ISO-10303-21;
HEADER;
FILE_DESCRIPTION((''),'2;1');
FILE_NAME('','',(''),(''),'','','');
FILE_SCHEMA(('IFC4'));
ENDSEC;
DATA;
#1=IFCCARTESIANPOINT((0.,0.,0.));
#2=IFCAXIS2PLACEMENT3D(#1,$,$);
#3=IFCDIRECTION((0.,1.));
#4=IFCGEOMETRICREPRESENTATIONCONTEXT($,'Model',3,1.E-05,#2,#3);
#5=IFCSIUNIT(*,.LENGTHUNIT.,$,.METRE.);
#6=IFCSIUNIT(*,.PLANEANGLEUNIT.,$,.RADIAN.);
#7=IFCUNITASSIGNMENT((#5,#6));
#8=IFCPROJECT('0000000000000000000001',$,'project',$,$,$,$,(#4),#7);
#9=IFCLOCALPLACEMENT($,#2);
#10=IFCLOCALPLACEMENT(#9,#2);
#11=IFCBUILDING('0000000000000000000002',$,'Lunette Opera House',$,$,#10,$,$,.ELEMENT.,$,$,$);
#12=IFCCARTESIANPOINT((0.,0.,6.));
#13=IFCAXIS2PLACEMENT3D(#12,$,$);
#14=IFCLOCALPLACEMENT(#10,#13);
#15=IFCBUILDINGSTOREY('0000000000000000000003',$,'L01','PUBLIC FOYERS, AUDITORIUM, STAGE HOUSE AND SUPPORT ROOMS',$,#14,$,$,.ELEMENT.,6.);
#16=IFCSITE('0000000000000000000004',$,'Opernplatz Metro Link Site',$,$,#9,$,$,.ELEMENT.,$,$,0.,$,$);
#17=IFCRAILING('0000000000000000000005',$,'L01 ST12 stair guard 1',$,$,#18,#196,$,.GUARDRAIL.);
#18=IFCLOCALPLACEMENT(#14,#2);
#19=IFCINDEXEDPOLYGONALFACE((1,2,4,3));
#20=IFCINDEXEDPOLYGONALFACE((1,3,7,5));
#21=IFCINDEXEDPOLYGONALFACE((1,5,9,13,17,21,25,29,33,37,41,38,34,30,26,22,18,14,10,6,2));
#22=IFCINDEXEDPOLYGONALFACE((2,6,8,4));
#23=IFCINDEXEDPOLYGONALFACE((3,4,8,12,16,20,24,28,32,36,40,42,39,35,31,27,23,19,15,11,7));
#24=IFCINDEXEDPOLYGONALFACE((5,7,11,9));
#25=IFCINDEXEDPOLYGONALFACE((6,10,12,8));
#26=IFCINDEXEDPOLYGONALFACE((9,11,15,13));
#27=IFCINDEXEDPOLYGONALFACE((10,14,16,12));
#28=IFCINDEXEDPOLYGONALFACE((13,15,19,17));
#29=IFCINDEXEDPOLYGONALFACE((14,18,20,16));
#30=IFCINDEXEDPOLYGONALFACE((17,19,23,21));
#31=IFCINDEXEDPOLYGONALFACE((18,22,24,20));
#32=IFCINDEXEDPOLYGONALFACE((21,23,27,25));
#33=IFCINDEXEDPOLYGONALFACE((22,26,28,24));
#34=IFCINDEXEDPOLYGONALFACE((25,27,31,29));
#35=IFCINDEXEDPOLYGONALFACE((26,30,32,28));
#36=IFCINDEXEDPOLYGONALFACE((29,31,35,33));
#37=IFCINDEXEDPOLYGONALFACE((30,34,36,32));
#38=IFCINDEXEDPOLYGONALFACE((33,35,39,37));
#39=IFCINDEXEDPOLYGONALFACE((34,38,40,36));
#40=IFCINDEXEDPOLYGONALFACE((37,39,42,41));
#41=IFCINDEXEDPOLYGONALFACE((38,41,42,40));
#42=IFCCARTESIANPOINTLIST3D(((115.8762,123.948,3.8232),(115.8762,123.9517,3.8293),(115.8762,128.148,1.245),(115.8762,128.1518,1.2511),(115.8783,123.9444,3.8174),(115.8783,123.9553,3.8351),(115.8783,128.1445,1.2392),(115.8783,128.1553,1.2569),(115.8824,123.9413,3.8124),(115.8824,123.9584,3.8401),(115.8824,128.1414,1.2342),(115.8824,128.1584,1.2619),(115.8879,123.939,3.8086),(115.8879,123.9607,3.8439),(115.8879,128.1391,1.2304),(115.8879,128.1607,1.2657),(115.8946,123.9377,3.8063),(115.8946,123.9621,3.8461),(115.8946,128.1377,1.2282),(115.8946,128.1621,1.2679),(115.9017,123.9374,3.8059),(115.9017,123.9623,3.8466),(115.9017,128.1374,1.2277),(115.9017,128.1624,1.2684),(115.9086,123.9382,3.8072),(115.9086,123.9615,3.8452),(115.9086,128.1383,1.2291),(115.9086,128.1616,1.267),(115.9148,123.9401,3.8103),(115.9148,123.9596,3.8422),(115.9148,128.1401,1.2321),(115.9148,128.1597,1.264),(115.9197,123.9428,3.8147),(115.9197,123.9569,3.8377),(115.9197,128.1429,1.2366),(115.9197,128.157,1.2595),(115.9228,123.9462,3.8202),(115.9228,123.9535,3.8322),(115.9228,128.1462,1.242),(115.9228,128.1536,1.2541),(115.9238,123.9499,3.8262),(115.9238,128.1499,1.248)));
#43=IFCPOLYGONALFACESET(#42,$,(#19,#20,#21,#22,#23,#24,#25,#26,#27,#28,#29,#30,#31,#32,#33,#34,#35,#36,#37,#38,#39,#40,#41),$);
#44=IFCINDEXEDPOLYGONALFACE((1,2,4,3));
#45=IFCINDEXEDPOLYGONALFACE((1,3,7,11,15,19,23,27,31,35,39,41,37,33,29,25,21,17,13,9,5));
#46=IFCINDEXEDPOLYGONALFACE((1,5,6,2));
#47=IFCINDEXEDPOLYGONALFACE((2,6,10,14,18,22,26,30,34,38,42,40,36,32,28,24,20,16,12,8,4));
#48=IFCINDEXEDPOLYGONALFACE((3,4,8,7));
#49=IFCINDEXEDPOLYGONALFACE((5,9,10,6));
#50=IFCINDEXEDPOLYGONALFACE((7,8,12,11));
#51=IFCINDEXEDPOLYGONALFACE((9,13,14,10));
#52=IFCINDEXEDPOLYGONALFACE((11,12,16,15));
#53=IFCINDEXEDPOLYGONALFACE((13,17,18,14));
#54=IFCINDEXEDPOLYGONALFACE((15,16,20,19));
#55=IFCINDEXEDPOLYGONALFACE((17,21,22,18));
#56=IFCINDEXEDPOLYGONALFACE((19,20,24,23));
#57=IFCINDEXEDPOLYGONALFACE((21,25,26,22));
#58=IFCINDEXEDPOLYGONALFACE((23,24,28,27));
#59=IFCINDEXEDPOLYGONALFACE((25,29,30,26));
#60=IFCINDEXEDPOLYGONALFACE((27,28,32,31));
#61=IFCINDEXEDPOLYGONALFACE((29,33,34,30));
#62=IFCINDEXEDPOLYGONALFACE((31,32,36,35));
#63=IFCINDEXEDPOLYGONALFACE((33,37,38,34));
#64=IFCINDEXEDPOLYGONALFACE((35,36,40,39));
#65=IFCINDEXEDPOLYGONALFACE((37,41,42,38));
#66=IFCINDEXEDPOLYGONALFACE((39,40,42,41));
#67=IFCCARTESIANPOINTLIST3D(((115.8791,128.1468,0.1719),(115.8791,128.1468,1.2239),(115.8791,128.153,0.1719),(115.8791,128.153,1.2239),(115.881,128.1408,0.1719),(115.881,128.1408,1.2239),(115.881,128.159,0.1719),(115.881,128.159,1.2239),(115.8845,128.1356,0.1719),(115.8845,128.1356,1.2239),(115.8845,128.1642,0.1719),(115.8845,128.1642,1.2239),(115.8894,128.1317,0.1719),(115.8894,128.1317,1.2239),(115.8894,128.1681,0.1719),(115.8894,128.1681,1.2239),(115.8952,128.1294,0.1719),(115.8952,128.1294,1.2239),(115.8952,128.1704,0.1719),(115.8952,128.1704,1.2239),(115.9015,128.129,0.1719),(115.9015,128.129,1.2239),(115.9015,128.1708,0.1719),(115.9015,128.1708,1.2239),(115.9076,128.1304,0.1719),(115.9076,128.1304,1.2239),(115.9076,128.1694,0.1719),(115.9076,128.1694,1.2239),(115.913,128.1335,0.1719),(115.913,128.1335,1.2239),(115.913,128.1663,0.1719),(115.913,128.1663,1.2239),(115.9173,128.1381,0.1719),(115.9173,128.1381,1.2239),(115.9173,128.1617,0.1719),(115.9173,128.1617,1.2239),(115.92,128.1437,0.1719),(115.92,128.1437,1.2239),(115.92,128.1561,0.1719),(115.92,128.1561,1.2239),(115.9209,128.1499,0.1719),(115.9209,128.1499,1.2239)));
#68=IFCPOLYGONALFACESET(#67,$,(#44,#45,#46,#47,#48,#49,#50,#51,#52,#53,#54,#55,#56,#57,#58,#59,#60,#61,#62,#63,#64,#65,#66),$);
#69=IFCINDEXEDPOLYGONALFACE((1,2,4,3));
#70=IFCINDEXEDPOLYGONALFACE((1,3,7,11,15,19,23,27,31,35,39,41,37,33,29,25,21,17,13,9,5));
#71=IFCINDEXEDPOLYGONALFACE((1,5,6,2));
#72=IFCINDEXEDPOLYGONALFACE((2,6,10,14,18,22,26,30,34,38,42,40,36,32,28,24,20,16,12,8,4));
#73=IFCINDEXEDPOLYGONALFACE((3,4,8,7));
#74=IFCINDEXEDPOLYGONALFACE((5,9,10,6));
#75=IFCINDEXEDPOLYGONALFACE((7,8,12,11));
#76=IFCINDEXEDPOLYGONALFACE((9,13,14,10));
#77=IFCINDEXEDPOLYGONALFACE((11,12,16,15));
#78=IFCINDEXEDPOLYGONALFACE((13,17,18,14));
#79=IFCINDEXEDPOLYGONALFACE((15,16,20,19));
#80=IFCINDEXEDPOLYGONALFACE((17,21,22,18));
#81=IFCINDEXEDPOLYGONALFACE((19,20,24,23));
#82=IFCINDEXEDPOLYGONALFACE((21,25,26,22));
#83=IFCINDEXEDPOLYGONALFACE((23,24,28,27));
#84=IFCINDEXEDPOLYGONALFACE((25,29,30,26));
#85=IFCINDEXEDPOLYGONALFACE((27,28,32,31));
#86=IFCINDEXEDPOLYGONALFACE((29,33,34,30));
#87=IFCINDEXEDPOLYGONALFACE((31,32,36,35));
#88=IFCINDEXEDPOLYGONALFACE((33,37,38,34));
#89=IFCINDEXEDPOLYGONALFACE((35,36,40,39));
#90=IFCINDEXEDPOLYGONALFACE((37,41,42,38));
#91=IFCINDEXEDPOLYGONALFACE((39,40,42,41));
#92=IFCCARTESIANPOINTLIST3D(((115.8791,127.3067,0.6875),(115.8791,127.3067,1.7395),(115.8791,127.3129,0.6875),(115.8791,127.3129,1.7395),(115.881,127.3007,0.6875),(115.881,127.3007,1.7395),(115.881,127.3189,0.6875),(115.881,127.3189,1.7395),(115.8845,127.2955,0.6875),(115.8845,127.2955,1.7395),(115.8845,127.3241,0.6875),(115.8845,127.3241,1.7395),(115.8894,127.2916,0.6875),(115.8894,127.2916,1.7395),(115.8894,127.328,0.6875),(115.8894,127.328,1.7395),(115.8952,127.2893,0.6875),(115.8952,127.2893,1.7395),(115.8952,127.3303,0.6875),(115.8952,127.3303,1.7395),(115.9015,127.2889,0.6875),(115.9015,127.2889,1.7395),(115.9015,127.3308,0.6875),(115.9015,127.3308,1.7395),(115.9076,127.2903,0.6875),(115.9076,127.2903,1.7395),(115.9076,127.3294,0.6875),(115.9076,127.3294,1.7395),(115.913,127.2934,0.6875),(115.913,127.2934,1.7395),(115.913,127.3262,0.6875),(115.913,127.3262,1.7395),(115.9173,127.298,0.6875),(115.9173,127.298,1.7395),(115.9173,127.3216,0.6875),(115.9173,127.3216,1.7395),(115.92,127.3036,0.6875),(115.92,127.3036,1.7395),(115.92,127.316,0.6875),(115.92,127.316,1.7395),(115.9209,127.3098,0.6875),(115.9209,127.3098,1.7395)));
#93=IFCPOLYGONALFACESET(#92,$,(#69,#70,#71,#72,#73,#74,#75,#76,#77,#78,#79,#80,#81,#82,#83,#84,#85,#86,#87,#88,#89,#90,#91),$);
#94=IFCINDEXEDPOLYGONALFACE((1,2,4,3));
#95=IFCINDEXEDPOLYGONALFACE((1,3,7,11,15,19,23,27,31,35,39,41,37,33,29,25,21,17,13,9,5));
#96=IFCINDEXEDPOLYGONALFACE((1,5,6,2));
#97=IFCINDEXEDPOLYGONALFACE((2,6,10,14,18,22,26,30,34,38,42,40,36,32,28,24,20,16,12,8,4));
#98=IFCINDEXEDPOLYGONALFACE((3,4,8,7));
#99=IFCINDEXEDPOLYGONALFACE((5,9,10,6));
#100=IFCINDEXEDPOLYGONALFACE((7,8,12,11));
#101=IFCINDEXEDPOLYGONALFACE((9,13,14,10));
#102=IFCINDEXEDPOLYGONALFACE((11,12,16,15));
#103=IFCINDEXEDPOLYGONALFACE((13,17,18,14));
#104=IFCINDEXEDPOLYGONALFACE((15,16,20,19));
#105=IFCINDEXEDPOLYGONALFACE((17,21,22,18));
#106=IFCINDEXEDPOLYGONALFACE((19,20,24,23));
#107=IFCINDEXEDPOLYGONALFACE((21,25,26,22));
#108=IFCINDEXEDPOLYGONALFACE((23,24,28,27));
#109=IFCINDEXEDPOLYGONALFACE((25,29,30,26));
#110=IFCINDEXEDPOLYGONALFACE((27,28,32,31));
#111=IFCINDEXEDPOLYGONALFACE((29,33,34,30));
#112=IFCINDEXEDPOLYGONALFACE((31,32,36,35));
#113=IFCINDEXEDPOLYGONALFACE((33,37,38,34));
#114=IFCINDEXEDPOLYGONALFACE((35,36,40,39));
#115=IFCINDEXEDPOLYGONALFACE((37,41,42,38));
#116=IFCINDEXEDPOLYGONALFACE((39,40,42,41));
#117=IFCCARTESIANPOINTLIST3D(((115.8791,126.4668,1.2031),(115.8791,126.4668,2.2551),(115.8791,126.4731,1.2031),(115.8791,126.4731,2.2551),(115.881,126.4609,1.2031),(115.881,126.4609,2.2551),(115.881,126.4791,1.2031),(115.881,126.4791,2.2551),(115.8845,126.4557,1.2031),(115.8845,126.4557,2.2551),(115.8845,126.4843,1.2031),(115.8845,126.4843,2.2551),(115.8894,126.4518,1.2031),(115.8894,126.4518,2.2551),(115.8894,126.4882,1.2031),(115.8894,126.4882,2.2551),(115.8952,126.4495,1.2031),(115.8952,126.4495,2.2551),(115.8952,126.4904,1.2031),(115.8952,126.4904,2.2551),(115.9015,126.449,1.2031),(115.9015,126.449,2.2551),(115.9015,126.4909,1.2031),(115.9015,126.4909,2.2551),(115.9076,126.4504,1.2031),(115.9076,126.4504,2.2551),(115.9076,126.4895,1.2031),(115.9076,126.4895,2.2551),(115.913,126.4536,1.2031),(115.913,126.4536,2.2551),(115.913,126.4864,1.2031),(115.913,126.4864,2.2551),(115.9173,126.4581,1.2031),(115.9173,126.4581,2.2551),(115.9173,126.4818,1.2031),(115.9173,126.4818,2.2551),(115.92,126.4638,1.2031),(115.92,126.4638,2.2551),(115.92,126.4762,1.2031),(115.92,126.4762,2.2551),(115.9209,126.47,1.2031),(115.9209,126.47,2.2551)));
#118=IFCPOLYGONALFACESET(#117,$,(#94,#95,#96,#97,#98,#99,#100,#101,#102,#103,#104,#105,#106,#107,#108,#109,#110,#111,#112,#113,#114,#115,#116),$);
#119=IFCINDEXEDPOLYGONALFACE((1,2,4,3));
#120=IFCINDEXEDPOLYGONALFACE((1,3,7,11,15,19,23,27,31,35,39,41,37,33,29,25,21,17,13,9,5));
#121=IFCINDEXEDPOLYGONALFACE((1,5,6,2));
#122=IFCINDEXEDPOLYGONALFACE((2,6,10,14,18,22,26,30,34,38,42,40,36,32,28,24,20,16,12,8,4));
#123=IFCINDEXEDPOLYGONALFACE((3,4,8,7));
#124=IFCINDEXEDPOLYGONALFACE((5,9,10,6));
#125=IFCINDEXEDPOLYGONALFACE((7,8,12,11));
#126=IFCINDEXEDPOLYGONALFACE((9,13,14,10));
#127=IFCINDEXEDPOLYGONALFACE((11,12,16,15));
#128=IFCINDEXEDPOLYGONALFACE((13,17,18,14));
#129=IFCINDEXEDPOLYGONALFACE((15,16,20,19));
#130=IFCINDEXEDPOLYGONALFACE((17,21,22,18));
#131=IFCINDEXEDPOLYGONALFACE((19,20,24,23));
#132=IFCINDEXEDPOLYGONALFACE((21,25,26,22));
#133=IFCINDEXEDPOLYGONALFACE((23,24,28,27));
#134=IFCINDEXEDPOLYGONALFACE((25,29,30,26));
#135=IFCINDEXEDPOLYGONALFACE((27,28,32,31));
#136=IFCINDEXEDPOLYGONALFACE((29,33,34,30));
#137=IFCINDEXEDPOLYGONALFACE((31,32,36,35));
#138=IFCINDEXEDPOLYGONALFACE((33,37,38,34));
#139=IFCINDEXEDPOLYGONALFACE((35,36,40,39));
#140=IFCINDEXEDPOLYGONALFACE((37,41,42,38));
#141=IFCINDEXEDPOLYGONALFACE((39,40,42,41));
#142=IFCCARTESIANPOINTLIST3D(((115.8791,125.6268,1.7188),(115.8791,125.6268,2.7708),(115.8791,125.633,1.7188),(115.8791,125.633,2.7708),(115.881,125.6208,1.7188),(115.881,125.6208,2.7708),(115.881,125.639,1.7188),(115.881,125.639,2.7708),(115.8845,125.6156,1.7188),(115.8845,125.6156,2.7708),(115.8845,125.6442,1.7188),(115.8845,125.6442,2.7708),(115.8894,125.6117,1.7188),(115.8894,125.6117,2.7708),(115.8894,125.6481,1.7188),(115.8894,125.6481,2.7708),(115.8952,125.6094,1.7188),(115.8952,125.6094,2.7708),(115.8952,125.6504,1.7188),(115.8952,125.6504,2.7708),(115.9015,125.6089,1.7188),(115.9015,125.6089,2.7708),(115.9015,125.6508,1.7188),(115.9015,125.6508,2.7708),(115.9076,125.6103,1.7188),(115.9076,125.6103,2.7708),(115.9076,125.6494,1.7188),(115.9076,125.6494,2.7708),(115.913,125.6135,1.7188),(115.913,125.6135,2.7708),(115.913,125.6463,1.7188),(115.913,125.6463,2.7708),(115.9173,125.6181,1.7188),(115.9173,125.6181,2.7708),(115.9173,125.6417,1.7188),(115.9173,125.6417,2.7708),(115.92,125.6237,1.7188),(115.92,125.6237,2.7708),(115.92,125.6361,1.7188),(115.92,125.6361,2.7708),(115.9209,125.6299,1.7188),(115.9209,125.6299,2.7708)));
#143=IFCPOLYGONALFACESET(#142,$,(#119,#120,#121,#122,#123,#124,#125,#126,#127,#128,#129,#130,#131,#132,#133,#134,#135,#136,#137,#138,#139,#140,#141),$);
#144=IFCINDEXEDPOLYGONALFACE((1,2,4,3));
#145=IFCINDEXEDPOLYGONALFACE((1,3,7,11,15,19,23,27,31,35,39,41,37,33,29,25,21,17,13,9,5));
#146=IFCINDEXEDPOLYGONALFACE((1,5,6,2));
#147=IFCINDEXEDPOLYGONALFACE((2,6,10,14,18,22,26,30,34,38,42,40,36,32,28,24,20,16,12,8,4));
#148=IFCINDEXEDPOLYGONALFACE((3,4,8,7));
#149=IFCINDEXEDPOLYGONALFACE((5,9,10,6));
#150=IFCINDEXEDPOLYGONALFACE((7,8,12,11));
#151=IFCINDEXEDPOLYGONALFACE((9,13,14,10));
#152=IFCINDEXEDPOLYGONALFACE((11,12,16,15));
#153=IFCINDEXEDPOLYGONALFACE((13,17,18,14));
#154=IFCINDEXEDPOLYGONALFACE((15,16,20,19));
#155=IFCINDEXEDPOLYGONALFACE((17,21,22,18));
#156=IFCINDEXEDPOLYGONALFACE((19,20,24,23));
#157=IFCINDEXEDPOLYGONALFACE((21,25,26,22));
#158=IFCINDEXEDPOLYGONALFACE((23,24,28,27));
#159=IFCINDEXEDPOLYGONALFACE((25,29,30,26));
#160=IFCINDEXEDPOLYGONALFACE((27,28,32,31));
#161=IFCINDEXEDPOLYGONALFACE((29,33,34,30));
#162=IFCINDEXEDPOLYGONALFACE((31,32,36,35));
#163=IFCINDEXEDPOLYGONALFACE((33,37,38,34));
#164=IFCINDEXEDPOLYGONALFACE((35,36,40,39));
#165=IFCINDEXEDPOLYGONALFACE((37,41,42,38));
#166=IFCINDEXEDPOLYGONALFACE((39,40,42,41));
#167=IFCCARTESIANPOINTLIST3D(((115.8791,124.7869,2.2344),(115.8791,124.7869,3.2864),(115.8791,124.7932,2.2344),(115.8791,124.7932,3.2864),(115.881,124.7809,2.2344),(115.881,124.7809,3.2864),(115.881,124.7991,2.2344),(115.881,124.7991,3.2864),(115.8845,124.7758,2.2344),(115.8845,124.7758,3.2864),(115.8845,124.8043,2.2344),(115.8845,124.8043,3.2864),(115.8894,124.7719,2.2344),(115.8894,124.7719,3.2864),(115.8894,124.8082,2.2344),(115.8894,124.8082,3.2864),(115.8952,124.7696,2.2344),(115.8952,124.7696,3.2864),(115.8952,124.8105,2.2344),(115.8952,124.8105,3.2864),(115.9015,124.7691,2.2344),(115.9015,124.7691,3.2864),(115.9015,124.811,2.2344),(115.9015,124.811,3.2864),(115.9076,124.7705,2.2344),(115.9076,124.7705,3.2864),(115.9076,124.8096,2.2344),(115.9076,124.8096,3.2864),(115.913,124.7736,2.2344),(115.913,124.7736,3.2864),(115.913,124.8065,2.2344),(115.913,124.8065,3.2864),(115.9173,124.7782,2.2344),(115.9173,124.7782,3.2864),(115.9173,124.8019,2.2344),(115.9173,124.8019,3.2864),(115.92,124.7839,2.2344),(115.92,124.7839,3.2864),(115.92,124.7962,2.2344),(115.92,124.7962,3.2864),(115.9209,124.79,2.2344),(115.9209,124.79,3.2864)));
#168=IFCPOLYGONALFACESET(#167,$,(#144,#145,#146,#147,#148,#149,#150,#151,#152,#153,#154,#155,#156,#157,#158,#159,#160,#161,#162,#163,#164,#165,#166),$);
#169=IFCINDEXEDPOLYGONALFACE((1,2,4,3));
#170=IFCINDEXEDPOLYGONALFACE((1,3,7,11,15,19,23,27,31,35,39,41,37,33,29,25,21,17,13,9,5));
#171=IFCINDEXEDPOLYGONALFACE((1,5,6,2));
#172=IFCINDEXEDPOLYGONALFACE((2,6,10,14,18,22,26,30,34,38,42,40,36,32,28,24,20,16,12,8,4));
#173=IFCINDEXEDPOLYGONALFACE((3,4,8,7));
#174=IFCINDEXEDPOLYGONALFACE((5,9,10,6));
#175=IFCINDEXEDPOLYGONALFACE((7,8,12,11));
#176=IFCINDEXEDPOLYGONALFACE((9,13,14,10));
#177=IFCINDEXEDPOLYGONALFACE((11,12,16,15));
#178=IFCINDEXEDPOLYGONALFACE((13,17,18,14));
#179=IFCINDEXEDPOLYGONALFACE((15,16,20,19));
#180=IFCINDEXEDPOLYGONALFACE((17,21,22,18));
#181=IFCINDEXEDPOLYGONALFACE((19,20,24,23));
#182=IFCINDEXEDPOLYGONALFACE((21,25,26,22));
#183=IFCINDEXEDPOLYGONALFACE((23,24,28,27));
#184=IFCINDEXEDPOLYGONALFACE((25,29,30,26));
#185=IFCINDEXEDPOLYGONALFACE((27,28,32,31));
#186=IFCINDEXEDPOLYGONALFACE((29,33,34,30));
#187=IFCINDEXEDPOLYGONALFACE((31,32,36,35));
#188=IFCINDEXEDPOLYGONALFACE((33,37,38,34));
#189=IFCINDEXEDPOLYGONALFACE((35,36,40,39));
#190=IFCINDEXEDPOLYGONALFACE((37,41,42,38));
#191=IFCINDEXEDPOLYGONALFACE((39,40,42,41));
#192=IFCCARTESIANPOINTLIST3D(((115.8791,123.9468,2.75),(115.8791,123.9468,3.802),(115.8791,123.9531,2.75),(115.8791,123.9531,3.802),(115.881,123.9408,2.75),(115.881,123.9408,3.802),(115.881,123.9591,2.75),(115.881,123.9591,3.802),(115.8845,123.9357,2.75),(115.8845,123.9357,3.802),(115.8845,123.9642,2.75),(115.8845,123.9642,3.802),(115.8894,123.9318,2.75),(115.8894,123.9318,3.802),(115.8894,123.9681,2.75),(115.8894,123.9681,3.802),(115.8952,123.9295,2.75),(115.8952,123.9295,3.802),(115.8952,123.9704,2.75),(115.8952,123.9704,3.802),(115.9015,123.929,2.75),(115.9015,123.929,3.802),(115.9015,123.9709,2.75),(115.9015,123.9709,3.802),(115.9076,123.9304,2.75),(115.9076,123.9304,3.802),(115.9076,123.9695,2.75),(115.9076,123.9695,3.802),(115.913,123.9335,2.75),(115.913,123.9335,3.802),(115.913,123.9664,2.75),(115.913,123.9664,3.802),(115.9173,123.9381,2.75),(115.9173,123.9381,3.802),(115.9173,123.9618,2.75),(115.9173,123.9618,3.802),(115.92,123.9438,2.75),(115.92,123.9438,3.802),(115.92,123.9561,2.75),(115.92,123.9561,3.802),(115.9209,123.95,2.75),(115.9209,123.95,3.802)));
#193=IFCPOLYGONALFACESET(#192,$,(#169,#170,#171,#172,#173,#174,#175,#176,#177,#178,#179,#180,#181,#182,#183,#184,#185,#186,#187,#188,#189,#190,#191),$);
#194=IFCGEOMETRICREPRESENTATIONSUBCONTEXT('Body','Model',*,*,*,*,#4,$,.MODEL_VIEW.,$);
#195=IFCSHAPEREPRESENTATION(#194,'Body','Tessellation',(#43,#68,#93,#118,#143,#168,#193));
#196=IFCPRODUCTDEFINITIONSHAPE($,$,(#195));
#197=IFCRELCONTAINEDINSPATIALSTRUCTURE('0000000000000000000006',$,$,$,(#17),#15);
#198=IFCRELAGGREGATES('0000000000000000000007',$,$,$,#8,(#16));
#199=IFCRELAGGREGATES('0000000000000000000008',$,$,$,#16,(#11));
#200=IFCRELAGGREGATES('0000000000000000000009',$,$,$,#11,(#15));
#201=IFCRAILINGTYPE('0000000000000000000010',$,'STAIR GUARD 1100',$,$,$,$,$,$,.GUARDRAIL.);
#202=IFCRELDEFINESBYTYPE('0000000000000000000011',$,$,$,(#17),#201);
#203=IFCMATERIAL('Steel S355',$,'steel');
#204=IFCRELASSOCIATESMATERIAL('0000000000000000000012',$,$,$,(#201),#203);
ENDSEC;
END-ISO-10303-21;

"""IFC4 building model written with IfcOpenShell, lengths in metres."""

from ifc_helpers import new_model, si_unit, direction, frame, origin, origin_2d, place, context, subcontext, project, spatial, circle, extrude, material, type_object, element, save


model = new_model("IFC4")

# Units and contexts
model_context = context("Model", 3, precision=1e-05, world=origin(), true_north=direction((0.0, 1.0)))
body_context = subcontext(model_context, "Body", "Model", "MODEL_VIEW")
ifc_project = project(units=[si_unit("LENGTHUNIT", "METRE"), si_unit("PLANEANGLEUNIT", "RADIAN")], contexts=[model_context])

# Site, building, storey
site_placement = place(None, origin())
site = spatial("IfcSite", under=ifc_project, at=site_placement, Name="Opernplatz Metro Link Site", CompositionType="ELEMENT", RefElevation=0.0)
building_placement = place(site_placement, origin())
building = spatial("IfcBuilding", under=site, at=building_placement, Name="Lunette Opera House", CompositionType="ELEMENT")
storey_placement = place(building_placement, frame((0.0, 0.0, 6.0)))
storey = spatial("IfcBuildingStorey", under=building, at=storey_placement, Name="L01", Description="PUBLIC FOYERS, AUDITORIUM, STAGE HOUSE AND SUPPORT ROOMS", CompositionType="ELEMENT", Elevation=6.0)

# Railing
ifc_material_1 = material(Name="Steel S355", Category="steel")
railing_type_1 = type_object("IfcRailingType", Name="STAIR GUARD 1100", PredefinedType="GUARDRAIL", material=ifc_material_1)
railing_1_placement = place(storey_placement, frame((115.8999, 128.1499, 0.1719)))
element("IfcRailing", 1, at=railing_1_placement, inside=storey, type_object=railing_type_1, Name="L01 ST12 stair guard 1", PredefinedType="GUARDRAIL", context=body_context, shape_type="SweptSolid", body=[
    extrude(circle(Radius=0.0239, at=origin_2d()), frame((0.0, 0.0, 1.0762), z_axis=(0.0, -0.852243, 0.523146), x_axis=(1.0, 0.0, 0.0)), (0.0, 0.0, 1.0), 4.9282),
    extrude(circle(Radius=0.021, at=origin_2d()), origin(), (0.0, 0.0, 1.0), 1.052),
    extrude(circle(Radius=0.021, at=origin_2d()), frame((0.0, -0.8401, 0.5156)), (0.0, 0.0, 1.0), 1.052),
    extrude(circle(Radius=0.021, at=origin_2d()), frame((0.0, -1.6799, 1.0312)), (0.0, 0.0, 1.0), 1.052),
    extrude(circle(Radius=0.021, at=origin_2d()), frame((0.0, -2.52, 1.5469)), (0.0, 0.0, 1.0), 1.052),
    extrude(circle(Radius=0.021, at=origin_2d()), frame((0.0, -3.3599, 2.0625)), (0.0, 0.0, 1.0), 1.052),
    extrude(circle(Radius=0.021, at=origin_2d()), frame((0.0, -4.2, 2.5781)), (0.0, 0.0, 1.0), 1.052),
])

save(model, "model.ifc")
